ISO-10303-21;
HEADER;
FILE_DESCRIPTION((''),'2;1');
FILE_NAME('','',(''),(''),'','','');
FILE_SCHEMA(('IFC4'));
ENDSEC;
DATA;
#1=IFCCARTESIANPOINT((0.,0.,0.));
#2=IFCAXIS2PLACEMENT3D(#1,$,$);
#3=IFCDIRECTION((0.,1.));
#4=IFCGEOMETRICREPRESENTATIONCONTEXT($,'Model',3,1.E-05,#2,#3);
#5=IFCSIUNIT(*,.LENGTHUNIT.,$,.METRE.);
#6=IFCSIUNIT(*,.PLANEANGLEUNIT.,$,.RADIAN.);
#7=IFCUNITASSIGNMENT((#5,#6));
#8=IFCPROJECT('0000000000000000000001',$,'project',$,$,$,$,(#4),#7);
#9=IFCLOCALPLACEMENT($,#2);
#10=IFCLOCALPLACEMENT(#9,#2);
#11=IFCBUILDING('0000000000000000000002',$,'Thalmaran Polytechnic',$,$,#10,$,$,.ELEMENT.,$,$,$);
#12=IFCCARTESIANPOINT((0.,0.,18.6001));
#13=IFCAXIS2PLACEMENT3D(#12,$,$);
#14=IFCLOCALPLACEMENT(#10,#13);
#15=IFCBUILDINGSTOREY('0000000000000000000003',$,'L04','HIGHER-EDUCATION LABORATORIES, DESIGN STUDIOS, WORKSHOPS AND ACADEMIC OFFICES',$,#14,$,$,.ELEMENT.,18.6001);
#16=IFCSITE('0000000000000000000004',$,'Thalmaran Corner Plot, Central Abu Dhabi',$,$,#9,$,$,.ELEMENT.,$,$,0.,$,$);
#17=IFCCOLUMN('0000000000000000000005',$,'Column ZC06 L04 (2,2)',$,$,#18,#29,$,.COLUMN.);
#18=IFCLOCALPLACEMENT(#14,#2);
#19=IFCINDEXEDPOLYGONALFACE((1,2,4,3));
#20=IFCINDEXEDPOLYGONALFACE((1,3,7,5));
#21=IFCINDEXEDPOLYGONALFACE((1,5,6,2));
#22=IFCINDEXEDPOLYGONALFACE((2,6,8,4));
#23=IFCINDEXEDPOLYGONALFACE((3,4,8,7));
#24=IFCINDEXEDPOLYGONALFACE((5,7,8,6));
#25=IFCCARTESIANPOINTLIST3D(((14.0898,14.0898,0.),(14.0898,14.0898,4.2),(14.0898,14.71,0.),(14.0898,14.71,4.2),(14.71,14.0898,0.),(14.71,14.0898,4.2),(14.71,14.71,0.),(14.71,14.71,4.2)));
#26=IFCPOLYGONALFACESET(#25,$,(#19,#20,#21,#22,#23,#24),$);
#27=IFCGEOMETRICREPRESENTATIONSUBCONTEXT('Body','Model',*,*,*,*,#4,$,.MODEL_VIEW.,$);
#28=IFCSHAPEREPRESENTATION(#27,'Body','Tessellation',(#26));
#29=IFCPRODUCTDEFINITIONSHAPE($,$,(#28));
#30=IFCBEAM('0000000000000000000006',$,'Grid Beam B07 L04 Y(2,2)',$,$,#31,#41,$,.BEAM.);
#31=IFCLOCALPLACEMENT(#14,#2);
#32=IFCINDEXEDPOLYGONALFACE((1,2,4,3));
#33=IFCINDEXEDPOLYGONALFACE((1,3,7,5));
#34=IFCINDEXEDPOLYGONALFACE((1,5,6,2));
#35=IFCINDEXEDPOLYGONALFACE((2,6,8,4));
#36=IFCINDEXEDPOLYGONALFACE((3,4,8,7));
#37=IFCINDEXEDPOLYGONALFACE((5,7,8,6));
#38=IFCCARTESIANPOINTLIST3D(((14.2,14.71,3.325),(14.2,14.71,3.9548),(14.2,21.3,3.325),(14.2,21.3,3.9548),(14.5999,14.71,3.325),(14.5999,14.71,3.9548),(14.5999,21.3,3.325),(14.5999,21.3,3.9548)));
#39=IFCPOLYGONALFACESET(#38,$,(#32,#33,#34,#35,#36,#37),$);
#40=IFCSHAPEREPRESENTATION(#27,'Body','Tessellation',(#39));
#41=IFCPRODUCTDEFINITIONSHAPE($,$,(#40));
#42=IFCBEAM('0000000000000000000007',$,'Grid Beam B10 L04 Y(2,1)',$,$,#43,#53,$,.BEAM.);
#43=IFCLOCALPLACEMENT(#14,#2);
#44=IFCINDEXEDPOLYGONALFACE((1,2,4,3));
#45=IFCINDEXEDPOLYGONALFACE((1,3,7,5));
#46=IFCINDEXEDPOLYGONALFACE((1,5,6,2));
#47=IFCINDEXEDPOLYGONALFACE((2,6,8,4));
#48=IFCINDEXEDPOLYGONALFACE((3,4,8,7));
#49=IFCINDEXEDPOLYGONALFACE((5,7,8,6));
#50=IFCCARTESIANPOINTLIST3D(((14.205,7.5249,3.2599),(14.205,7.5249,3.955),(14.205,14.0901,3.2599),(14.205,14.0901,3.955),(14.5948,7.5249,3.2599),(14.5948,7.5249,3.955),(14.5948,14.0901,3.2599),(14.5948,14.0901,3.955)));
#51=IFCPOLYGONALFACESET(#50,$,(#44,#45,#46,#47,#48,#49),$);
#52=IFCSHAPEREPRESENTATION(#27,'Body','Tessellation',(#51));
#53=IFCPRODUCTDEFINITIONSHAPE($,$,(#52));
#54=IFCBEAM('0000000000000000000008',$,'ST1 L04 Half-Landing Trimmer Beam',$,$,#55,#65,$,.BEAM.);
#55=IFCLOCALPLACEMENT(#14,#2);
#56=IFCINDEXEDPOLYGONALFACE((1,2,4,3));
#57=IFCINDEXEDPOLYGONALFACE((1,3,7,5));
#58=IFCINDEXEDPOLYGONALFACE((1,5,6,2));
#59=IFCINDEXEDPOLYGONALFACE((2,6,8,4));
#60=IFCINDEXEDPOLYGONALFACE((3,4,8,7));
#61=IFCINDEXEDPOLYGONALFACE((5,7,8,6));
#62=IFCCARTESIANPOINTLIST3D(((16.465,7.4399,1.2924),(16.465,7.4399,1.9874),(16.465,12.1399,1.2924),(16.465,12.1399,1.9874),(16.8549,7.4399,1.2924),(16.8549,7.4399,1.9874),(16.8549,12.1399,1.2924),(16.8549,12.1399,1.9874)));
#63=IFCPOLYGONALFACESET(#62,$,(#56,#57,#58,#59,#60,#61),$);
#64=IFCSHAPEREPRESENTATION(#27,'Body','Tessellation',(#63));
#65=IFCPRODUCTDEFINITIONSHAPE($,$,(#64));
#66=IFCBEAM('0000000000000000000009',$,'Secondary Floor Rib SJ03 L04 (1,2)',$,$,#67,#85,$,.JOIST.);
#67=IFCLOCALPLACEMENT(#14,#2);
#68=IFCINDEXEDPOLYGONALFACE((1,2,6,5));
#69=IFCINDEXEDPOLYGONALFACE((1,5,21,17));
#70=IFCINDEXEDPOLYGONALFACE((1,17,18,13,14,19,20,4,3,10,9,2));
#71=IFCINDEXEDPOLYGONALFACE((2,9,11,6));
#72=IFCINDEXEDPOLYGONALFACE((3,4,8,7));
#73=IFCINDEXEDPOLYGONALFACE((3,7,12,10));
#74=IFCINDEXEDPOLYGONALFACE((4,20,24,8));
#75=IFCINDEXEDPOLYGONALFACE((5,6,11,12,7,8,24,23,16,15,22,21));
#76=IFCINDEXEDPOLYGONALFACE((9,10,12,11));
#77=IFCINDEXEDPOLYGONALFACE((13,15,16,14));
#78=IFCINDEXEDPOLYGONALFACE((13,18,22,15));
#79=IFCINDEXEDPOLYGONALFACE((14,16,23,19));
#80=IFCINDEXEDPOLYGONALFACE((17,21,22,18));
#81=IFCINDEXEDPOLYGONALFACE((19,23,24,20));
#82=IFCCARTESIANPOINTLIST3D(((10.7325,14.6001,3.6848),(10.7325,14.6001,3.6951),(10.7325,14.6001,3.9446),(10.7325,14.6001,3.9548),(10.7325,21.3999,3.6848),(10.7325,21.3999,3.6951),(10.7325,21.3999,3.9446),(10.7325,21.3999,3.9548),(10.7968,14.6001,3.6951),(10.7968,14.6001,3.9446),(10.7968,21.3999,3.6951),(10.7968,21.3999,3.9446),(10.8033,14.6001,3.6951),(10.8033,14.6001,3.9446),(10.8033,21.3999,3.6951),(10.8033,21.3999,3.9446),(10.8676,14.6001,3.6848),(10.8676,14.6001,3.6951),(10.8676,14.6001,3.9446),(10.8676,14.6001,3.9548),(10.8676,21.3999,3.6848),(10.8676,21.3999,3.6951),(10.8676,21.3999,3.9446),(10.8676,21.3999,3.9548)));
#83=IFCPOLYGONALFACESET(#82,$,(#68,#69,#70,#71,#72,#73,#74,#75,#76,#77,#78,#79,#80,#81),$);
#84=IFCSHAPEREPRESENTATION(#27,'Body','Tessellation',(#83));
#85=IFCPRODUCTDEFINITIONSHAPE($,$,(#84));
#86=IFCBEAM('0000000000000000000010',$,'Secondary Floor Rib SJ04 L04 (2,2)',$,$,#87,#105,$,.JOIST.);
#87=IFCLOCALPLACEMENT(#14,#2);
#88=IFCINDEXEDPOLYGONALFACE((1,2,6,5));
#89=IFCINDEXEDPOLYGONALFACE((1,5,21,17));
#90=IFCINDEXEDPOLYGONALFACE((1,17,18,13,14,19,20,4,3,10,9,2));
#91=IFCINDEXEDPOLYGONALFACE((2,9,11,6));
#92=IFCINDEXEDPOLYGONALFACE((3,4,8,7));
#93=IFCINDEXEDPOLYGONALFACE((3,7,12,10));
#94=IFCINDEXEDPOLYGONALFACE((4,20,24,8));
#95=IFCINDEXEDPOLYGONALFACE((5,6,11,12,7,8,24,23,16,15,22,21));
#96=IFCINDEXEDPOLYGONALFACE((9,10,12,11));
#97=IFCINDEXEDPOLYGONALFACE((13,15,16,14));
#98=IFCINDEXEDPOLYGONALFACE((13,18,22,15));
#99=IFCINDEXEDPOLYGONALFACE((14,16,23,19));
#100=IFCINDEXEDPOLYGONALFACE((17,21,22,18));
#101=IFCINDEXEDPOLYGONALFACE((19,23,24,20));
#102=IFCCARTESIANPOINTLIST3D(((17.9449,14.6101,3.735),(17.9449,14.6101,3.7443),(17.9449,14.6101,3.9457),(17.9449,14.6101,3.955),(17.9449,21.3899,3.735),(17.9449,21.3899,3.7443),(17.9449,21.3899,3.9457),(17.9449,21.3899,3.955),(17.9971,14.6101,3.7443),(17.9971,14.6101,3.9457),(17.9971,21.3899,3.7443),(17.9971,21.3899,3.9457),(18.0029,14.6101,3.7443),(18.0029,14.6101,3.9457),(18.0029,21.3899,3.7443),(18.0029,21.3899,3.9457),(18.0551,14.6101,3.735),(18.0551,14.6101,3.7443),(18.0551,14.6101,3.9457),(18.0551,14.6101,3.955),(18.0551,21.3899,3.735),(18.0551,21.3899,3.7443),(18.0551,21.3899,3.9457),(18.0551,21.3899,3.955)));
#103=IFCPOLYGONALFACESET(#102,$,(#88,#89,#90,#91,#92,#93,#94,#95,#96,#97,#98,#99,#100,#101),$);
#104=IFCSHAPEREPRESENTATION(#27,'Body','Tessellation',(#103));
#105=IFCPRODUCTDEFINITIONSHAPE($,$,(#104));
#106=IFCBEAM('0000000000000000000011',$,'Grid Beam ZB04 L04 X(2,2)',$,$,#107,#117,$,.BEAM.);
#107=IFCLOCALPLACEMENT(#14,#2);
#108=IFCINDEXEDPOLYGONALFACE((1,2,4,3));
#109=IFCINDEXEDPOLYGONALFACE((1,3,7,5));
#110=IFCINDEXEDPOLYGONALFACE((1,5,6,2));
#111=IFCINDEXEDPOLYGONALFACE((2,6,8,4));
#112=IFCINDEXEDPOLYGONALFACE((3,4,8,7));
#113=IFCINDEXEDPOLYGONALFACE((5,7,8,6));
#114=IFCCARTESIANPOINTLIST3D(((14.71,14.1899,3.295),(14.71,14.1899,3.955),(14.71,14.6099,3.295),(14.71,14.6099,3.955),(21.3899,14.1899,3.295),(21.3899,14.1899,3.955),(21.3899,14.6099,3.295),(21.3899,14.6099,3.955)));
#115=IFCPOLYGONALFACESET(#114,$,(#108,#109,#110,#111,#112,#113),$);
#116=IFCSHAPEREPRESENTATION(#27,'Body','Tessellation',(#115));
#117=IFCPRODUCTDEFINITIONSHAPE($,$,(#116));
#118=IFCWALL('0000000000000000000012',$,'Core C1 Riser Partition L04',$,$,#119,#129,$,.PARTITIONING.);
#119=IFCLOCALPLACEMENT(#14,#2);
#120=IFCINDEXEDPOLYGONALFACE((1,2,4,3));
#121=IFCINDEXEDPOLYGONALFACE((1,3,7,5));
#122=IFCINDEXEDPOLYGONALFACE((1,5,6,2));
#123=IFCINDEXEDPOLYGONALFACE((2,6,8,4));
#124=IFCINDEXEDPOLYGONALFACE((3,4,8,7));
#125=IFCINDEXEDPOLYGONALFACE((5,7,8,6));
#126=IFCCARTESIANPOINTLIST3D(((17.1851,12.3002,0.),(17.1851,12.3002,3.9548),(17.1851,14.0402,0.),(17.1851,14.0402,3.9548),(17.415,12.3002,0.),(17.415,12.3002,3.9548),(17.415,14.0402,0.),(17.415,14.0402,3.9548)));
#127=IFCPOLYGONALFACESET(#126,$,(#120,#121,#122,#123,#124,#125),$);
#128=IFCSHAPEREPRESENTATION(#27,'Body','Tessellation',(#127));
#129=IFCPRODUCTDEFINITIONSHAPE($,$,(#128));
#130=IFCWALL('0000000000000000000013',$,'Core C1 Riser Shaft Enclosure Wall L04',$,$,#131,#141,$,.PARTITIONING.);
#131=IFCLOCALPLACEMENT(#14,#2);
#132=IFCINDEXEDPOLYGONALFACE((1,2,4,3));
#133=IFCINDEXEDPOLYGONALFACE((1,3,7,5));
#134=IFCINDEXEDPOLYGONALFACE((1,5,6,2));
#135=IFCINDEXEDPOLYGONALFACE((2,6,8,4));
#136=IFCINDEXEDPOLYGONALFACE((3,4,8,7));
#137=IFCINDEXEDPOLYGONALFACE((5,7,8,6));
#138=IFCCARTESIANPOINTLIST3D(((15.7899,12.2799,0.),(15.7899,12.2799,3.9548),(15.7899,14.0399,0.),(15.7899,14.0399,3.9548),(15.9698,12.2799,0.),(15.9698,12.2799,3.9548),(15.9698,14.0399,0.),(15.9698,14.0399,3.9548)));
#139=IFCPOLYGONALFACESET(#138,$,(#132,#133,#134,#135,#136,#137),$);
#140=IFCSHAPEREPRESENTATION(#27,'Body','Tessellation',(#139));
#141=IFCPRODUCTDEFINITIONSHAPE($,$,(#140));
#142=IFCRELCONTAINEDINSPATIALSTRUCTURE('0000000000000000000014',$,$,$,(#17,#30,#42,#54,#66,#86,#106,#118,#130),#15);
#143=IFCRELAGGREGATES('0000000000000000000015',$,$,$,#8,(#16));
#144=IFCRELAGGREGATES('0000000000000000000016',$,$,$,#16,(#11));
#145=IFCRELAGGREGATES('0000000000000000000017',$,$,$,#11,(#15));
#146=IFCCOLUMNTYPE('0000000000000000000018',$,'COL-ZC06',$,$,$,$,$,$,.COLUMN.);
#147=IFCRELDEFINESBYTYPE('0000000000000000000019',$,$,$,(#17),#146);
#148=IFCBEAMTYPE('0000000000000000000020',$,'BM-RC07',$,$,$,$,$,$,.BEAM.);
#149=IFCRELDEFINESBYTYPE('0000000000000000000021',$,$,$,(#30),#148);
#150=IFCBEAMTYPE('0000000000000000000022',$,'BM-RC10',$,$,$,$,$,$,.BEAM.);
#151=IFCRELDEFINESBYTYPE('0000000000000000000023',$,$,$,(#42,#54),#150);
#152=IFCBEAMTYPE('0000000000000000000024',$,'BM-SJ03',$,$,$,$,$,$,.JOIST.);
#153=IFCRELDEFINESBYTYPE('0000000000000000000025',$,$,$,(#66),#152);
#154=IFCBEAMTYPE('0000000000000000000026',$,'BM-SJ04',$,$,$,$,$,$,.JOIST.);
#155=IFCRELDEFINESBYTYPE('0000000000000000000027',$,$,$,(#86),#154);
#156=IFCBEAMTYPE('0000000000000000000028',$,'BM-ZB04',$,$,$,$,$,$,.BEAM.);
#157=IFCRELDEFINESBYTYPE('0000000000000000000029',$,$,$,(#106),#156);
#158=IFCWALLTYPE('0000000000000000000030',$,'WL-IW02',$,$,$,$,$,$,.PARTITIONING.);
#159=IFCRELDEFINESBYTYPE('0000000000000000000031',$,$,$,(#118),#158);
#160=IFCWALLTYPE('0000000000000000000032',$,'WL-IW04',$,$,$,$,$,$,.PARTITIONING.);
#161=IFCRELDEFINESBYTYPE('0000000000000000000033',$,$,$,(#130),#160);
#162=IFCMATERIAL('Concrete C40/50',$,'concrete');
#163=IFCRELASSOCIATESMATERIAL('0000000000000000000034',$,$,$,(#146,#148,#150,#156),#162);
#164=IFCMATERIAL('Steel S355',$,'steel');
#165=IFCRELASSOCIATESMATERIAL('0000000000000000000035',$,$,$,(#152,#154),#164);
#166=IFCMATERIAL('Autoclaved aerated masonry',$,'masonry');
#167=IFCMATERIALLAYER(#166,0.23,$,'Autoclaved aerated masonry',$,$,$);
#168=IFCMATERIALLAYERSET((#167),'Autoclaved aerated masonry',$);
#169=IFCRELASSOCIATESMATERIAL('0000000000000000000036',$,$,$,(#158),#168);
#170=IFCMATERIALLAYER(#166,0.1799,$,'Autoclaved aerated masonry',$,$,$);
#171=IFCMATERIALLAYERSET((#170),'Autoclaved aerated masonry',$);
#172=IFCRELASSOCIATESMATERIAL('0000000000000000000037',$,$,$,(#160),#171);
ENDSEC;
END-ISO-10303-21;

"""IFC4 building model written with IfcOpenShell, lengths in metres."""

from ifc_helpers import new_model, si_unit, direction, frame, frame_2d, origin, origin_2d, place, context, subcontext, project, spatial, rectangle, i_section, extrude, material, layer, layer_set, material_profile, profile_set, type_object, element, save


model = new_model("IFC4")

# Units and contexts
model_context = context("Model", 3, precision=1e-05, world=origin(), true_north=direction((0.0, 1.0)))
body_context = subcontext(model_context, "Body", "Model", "MODEL_VIEW")
ifc_project = project(units=[si_unit("LENGTHUNIT", "METRE"), si_unit("PLANEANGLEUNIT", "RADIAN")], contexts=[model_context])

# Site, building, storey
site_placement = place(None, origin())
site = spatial("IfcSite", under=ifc_project, at=site_placement, Name="Thalmaran Corner Plot, Central Abu Dhabi", CompositionType="ELEMENT", RefElevation=0.0)
building_placement = place(site_placement, origin())
building = spatial("IfcBuilding", under=site, at=building_placement, Name="Thalmaran Polytechnic", CompositionType="ELEMENT")
storey_placement = place(building_placement, frame((0.0, 0.0, 18.6001)))
storey = spatial("IfcBuildingStorey", under=building, at=storey_placement, Name="L04", Description="HIGHER-EDUCATION LABORATORIES, DESIGN STUDIOS, WORKSHOPS AND ACADEMIC OFFICES", CompositionType="ELEMENT", Elevation=18.6001)

# Column
ifc_material_1 = material(Name="Concrete C40/50", Category="concrete")
ifc_material_profile_1 = material_profile(ifc_material_1, rectangle(XDim=0.6201, YDim=0.6201, at=origin_2d()), Name="RC 620x620")
ifc_profile_set_1 = profile_set([ifc_material_profile_1], Name="Concrete C40/50")
column_type = type_object("IfcColumnType", Name="COL-ZC06", PredefinedType="COLUMN", material=ifc_profile_set_1)
column_placement = place(storey_placement, frame((14.3999, 14.3999, 0.0), z_axis=(0.0, 0.0, 1.0), x_axis=(1.0, 0.0, 0.0)))
element("IfcColumn", 1, at=column_placement, inside=storey, type_object=column_type, Name="Column ZC06 L04 (2,2)", PredefinedType="COLUMN", context=body_context, shape_type="SweptSolid", body=[
    extrude(rectangle(XDim=0.6201, YDim=0.6201, at=origin_2d()), origin(), (0.0, 0.0, 1.0), 4.2),
])

# Beams
ifc_material_profile_2 = material_profile(ifc_material_1, rectangle(XDim=0.3999, YDim=0.6299, at=origin_2d()), Name="RC 400x630")
ifc_profile_set_2 = profile_set([ifc_material_profile_2], Name="Concrete C40/50")
beam_type_1 = type_object("IfcBeamType", Name="BM-RC07", PredefinedType="BEAM", material=ifc_profile_set_2)
beam_1_placement = place(storey_placement, frame((14.3999, 14.71, 3.6399), z_axis=(0.0, 1.0, 0.0), x_axis=(-1.0, 0.0, 0.0)))
element("IfcBeam", 2, at=beam_1_placement, inside=storey, type_object=beam_type_1, Name="Grid Beam B07 L04 Y(2,2)", PredefinedType="BEAM", context=body_context, shape_type="SweptSolid", body=[
    extrude(rectangle(XDim=0.3999, YDim=0.6299, at=origin_2d()), origin(), (0.0, 0.0, 1.0), 6.5901),
])
ifc_material_profile_3 = material_profile(ifc_material_1, rectangle(XDim=0.3899, YDim=0.6951, at=origin_2d()), Name="RC 390x695")
ifc_profile_set_3 = profile_set([ifc_material_profile_3], Name="Concrete C40/50")
beam_type_2 = type_object("IfcBeamType", Name="BM-RC10", PredefinedType="BEAM", material=ifc_profile_set_3)
beam_2_placement = place(storey_placement, frame((14.3999, 7.5249, 3.6074), z_axis=(0.0, 1.0, 0.0), x_axis=(-1.0, 0.0, 0.0)))
element("IfcBeam", 3, at=beam_2_placement, inside=storey, type_object=beam_type_2, Name="Grid Beam B10 L04 Y(2,1)", PredefinedType="BEAM", context=body_context, shape_type="SweptSolid", body=[
    extrude(rectangle(XDim=0.3899, YDim=0.6951, at=origin_2d()), origin(), (0.0, 0.0, 1.0), 6.5652),
])
beam_3_placement = place(storey_placement, frame((16.6599, 7.4399, 1.6399), z_axis=(0.0, 1.0, 0.0), x_axis=(-1.0, 0.0, 0.0)))
element("IfcBeam", 4, at=beam_3_placement, inside=storey, type_object=beam_type_2, Name="ST1 L04 Half-Landing Trimmer Beam", PredefinedType="BEAM", context=body_context, shape_type="SweptSolid", body=[
    extrude(rectangle(XDim=0.3899, YDim=0.6951, at=origin_2d()), origin(), (0.0, 0.0, 1.0), 4.7),
])
ifc_material_2 = material(Name="Steel S355", Category="steel")
ifc_material_profile_4 = material_profile(ifc_material_2, i_section(OverallWidth=0.135, OverallDepth=0.27, WebThickness=0.0066, FlangeThickness=0.0103, at=origin_2d()), Name="IPE 270")
ifc_profile_set_4 = profile_set([ifc_material_profile_4], Name="Steel S355")
beam_type_3 = type_object("IfcBeamType", Name="BM-SJ03", PredefinedType="JOIST", material=ifc_profile_set_4)
beam_4_placement = place(storey_placement, frame((10.8, 14.6001, 3.8198), z_axis=(0.0, 1.0, 0.0), x_axis=(-1.0, 0.0, 0.0)))
element("IfcBeam", 5, at=beam_4_placement, inside=storey, type_object=beam_type_3, Name="Secondary Floor Rib SJ03 L04 (1,2)", PredefinedType="JOIST", context=body_context, shape_type="SweptSolid", body=[
    extrude(i_section(OverallWidth=0.135, OverallDepth=0.27, WebThickness=0.0066, FlangeThickness=0.0103, at=origin_2d()), origin(), (0.0, 0.0, 1.0), 6.7998),
])
ifc_material_profile_5 = material_profile(ifc_material_2, i_section(OverallWidth=0.1101, OverallDepth=0.22, WebThickness=0.0059, FlangeThickness=0.0093, at=origin_2d()), Name="IPE 220")
ifc_profile_set_5 = profile_set([ifc_material_profile_5], Name="Steel S355")
beam_type_4 = type_object("IfcBeamType", Name="BM-SJ04", PredefinedType="JOIST", material=ifc_profile_set_5)
beam_5_placement = place(storey_placement, frame((18.0, 14.6101, 3.845), z_axis=(0.0, 1.0, 0.0), x_axis=(-1.0, 0.0, 0.0)))
element("IfcBeam", 6, at=beam_5_placement, inside=storey, type_object=beam_type_4, Name="Secondary Floor Rib SJ04 L04 (2,2)", PredefinedType="JOIST", context=body_context, shape_type="SweptSolid", body=[
    extrude(i_section(OverallWidth=0.1101, OverallDepth=0.22, WebThickness=0.0059, FlangeThickness=0.0093, at=origin_2d()), origin(), (0.0, 0.0, 1.0), 6.7798),
])
ifc_material_profile_6 = material_profile(ifc_material_1, rectangle(XDim=0.4199, YDim=0.6599, at=origin_2d()), Name="RC 420x660")
ifc_profile_set_6 = profile_set([ifc_material_profile_6], Name="Concrete C40/50")
beam_type_5 = type_object("IfcBeamType", Name="BM-ZB04", PredefinedType="BEAM", material=ifc_profile_set_6)
beam_6_placement = place(storey_placement, frame((14.71, 14.3999, 3.625), z_axis=(1.0, 0.0, 0.0), x_axis=(0.0, 1.0, 0.0)))
element("IfcBeam", 7, at=beam_6_placement, inside=storey, type_object=beam_type_5, Name="Grid Beam ZB04 L04 X(2,2)", PredefinedType="BEAM", context=body_context, shape_type="SweptSolid", body=[
    extrude(rectangle(XDim=0.4199, YDim=0.6599, at=origin_2d()), origin(), (0.0, 0.0, 1.0), 6.6799),
])

# Walls
ifc_material_3 = material(Name="Autoclaved aerated masonry", Category="masonry")
ifc_layer_1 = layer(ifc_material_3, 0.23, Name="Autoclaved aerated masonry")
ifc_layer_set_1 = layer_set([ifc_layer_1], Name="Autoclaved aerated masonry")
wall_type_1 = type_object("IfcWallType", Name="WL-IW02", PredefinedType="PARTITIONING", material=ifc_layer_set_1)
wall_1_placement = place(storey_placement, frame((17.3, 12.3, 0.0), z_axis=(0.0, 0.0, 1.0), x_axis=(0.0, 1.0, 0.0)))
element("IfcWall", 8, at=wall_1_placement, inside=storey, type_object=wall_type_1, Name="Core C1 Riser Partition L04", PredefinedType="PARTITIONING", context=body_context, shape_type="SweptSolid", body=[
    extrude(rectangle(XDim=1.74, YDim=0.23, at=frame_2d((0.8701, 0.0))), origin(), (0.0, 0.0, 1.0), 3.9548),
])
ifc_layer_2 = layer(ifc_material_3, 0.1799, Name="Autoclaved aerated masonry")
ifc_layer_set_2 = layer_set([ifc_layer_2], Name="Autoclaved aerated masonry")
wall_type_2 = type_object("IfcWallType", Name="WL-IW04", PredefinedType="PARTITIONING", material=ifc_layer_set_2)
wall_2_placement = place(storey_placement, frame((15.8799, 12.28, 0.0), z_axis=(0.0, 0.0, 1.0), x_axis=(0.0, 1.0, 0.0)))
element("IfcWall", 9, at=wall_2_placement, inside=storey, type_object=wall_type_2, Name="Core C1 Riser Shaft Enclosure Wall L04", PredefinedType="PARTITIONING", context=body_context, shape_type="SweptSolid", body=[
    extrude(rectangle(XDim=1.76, YDim=0.1799, at=frame_2d((0.8799, 0.0))), origin(), (0.0, 0.0, 1.0), 3.9548),
])

save(model, "model.ifc")
